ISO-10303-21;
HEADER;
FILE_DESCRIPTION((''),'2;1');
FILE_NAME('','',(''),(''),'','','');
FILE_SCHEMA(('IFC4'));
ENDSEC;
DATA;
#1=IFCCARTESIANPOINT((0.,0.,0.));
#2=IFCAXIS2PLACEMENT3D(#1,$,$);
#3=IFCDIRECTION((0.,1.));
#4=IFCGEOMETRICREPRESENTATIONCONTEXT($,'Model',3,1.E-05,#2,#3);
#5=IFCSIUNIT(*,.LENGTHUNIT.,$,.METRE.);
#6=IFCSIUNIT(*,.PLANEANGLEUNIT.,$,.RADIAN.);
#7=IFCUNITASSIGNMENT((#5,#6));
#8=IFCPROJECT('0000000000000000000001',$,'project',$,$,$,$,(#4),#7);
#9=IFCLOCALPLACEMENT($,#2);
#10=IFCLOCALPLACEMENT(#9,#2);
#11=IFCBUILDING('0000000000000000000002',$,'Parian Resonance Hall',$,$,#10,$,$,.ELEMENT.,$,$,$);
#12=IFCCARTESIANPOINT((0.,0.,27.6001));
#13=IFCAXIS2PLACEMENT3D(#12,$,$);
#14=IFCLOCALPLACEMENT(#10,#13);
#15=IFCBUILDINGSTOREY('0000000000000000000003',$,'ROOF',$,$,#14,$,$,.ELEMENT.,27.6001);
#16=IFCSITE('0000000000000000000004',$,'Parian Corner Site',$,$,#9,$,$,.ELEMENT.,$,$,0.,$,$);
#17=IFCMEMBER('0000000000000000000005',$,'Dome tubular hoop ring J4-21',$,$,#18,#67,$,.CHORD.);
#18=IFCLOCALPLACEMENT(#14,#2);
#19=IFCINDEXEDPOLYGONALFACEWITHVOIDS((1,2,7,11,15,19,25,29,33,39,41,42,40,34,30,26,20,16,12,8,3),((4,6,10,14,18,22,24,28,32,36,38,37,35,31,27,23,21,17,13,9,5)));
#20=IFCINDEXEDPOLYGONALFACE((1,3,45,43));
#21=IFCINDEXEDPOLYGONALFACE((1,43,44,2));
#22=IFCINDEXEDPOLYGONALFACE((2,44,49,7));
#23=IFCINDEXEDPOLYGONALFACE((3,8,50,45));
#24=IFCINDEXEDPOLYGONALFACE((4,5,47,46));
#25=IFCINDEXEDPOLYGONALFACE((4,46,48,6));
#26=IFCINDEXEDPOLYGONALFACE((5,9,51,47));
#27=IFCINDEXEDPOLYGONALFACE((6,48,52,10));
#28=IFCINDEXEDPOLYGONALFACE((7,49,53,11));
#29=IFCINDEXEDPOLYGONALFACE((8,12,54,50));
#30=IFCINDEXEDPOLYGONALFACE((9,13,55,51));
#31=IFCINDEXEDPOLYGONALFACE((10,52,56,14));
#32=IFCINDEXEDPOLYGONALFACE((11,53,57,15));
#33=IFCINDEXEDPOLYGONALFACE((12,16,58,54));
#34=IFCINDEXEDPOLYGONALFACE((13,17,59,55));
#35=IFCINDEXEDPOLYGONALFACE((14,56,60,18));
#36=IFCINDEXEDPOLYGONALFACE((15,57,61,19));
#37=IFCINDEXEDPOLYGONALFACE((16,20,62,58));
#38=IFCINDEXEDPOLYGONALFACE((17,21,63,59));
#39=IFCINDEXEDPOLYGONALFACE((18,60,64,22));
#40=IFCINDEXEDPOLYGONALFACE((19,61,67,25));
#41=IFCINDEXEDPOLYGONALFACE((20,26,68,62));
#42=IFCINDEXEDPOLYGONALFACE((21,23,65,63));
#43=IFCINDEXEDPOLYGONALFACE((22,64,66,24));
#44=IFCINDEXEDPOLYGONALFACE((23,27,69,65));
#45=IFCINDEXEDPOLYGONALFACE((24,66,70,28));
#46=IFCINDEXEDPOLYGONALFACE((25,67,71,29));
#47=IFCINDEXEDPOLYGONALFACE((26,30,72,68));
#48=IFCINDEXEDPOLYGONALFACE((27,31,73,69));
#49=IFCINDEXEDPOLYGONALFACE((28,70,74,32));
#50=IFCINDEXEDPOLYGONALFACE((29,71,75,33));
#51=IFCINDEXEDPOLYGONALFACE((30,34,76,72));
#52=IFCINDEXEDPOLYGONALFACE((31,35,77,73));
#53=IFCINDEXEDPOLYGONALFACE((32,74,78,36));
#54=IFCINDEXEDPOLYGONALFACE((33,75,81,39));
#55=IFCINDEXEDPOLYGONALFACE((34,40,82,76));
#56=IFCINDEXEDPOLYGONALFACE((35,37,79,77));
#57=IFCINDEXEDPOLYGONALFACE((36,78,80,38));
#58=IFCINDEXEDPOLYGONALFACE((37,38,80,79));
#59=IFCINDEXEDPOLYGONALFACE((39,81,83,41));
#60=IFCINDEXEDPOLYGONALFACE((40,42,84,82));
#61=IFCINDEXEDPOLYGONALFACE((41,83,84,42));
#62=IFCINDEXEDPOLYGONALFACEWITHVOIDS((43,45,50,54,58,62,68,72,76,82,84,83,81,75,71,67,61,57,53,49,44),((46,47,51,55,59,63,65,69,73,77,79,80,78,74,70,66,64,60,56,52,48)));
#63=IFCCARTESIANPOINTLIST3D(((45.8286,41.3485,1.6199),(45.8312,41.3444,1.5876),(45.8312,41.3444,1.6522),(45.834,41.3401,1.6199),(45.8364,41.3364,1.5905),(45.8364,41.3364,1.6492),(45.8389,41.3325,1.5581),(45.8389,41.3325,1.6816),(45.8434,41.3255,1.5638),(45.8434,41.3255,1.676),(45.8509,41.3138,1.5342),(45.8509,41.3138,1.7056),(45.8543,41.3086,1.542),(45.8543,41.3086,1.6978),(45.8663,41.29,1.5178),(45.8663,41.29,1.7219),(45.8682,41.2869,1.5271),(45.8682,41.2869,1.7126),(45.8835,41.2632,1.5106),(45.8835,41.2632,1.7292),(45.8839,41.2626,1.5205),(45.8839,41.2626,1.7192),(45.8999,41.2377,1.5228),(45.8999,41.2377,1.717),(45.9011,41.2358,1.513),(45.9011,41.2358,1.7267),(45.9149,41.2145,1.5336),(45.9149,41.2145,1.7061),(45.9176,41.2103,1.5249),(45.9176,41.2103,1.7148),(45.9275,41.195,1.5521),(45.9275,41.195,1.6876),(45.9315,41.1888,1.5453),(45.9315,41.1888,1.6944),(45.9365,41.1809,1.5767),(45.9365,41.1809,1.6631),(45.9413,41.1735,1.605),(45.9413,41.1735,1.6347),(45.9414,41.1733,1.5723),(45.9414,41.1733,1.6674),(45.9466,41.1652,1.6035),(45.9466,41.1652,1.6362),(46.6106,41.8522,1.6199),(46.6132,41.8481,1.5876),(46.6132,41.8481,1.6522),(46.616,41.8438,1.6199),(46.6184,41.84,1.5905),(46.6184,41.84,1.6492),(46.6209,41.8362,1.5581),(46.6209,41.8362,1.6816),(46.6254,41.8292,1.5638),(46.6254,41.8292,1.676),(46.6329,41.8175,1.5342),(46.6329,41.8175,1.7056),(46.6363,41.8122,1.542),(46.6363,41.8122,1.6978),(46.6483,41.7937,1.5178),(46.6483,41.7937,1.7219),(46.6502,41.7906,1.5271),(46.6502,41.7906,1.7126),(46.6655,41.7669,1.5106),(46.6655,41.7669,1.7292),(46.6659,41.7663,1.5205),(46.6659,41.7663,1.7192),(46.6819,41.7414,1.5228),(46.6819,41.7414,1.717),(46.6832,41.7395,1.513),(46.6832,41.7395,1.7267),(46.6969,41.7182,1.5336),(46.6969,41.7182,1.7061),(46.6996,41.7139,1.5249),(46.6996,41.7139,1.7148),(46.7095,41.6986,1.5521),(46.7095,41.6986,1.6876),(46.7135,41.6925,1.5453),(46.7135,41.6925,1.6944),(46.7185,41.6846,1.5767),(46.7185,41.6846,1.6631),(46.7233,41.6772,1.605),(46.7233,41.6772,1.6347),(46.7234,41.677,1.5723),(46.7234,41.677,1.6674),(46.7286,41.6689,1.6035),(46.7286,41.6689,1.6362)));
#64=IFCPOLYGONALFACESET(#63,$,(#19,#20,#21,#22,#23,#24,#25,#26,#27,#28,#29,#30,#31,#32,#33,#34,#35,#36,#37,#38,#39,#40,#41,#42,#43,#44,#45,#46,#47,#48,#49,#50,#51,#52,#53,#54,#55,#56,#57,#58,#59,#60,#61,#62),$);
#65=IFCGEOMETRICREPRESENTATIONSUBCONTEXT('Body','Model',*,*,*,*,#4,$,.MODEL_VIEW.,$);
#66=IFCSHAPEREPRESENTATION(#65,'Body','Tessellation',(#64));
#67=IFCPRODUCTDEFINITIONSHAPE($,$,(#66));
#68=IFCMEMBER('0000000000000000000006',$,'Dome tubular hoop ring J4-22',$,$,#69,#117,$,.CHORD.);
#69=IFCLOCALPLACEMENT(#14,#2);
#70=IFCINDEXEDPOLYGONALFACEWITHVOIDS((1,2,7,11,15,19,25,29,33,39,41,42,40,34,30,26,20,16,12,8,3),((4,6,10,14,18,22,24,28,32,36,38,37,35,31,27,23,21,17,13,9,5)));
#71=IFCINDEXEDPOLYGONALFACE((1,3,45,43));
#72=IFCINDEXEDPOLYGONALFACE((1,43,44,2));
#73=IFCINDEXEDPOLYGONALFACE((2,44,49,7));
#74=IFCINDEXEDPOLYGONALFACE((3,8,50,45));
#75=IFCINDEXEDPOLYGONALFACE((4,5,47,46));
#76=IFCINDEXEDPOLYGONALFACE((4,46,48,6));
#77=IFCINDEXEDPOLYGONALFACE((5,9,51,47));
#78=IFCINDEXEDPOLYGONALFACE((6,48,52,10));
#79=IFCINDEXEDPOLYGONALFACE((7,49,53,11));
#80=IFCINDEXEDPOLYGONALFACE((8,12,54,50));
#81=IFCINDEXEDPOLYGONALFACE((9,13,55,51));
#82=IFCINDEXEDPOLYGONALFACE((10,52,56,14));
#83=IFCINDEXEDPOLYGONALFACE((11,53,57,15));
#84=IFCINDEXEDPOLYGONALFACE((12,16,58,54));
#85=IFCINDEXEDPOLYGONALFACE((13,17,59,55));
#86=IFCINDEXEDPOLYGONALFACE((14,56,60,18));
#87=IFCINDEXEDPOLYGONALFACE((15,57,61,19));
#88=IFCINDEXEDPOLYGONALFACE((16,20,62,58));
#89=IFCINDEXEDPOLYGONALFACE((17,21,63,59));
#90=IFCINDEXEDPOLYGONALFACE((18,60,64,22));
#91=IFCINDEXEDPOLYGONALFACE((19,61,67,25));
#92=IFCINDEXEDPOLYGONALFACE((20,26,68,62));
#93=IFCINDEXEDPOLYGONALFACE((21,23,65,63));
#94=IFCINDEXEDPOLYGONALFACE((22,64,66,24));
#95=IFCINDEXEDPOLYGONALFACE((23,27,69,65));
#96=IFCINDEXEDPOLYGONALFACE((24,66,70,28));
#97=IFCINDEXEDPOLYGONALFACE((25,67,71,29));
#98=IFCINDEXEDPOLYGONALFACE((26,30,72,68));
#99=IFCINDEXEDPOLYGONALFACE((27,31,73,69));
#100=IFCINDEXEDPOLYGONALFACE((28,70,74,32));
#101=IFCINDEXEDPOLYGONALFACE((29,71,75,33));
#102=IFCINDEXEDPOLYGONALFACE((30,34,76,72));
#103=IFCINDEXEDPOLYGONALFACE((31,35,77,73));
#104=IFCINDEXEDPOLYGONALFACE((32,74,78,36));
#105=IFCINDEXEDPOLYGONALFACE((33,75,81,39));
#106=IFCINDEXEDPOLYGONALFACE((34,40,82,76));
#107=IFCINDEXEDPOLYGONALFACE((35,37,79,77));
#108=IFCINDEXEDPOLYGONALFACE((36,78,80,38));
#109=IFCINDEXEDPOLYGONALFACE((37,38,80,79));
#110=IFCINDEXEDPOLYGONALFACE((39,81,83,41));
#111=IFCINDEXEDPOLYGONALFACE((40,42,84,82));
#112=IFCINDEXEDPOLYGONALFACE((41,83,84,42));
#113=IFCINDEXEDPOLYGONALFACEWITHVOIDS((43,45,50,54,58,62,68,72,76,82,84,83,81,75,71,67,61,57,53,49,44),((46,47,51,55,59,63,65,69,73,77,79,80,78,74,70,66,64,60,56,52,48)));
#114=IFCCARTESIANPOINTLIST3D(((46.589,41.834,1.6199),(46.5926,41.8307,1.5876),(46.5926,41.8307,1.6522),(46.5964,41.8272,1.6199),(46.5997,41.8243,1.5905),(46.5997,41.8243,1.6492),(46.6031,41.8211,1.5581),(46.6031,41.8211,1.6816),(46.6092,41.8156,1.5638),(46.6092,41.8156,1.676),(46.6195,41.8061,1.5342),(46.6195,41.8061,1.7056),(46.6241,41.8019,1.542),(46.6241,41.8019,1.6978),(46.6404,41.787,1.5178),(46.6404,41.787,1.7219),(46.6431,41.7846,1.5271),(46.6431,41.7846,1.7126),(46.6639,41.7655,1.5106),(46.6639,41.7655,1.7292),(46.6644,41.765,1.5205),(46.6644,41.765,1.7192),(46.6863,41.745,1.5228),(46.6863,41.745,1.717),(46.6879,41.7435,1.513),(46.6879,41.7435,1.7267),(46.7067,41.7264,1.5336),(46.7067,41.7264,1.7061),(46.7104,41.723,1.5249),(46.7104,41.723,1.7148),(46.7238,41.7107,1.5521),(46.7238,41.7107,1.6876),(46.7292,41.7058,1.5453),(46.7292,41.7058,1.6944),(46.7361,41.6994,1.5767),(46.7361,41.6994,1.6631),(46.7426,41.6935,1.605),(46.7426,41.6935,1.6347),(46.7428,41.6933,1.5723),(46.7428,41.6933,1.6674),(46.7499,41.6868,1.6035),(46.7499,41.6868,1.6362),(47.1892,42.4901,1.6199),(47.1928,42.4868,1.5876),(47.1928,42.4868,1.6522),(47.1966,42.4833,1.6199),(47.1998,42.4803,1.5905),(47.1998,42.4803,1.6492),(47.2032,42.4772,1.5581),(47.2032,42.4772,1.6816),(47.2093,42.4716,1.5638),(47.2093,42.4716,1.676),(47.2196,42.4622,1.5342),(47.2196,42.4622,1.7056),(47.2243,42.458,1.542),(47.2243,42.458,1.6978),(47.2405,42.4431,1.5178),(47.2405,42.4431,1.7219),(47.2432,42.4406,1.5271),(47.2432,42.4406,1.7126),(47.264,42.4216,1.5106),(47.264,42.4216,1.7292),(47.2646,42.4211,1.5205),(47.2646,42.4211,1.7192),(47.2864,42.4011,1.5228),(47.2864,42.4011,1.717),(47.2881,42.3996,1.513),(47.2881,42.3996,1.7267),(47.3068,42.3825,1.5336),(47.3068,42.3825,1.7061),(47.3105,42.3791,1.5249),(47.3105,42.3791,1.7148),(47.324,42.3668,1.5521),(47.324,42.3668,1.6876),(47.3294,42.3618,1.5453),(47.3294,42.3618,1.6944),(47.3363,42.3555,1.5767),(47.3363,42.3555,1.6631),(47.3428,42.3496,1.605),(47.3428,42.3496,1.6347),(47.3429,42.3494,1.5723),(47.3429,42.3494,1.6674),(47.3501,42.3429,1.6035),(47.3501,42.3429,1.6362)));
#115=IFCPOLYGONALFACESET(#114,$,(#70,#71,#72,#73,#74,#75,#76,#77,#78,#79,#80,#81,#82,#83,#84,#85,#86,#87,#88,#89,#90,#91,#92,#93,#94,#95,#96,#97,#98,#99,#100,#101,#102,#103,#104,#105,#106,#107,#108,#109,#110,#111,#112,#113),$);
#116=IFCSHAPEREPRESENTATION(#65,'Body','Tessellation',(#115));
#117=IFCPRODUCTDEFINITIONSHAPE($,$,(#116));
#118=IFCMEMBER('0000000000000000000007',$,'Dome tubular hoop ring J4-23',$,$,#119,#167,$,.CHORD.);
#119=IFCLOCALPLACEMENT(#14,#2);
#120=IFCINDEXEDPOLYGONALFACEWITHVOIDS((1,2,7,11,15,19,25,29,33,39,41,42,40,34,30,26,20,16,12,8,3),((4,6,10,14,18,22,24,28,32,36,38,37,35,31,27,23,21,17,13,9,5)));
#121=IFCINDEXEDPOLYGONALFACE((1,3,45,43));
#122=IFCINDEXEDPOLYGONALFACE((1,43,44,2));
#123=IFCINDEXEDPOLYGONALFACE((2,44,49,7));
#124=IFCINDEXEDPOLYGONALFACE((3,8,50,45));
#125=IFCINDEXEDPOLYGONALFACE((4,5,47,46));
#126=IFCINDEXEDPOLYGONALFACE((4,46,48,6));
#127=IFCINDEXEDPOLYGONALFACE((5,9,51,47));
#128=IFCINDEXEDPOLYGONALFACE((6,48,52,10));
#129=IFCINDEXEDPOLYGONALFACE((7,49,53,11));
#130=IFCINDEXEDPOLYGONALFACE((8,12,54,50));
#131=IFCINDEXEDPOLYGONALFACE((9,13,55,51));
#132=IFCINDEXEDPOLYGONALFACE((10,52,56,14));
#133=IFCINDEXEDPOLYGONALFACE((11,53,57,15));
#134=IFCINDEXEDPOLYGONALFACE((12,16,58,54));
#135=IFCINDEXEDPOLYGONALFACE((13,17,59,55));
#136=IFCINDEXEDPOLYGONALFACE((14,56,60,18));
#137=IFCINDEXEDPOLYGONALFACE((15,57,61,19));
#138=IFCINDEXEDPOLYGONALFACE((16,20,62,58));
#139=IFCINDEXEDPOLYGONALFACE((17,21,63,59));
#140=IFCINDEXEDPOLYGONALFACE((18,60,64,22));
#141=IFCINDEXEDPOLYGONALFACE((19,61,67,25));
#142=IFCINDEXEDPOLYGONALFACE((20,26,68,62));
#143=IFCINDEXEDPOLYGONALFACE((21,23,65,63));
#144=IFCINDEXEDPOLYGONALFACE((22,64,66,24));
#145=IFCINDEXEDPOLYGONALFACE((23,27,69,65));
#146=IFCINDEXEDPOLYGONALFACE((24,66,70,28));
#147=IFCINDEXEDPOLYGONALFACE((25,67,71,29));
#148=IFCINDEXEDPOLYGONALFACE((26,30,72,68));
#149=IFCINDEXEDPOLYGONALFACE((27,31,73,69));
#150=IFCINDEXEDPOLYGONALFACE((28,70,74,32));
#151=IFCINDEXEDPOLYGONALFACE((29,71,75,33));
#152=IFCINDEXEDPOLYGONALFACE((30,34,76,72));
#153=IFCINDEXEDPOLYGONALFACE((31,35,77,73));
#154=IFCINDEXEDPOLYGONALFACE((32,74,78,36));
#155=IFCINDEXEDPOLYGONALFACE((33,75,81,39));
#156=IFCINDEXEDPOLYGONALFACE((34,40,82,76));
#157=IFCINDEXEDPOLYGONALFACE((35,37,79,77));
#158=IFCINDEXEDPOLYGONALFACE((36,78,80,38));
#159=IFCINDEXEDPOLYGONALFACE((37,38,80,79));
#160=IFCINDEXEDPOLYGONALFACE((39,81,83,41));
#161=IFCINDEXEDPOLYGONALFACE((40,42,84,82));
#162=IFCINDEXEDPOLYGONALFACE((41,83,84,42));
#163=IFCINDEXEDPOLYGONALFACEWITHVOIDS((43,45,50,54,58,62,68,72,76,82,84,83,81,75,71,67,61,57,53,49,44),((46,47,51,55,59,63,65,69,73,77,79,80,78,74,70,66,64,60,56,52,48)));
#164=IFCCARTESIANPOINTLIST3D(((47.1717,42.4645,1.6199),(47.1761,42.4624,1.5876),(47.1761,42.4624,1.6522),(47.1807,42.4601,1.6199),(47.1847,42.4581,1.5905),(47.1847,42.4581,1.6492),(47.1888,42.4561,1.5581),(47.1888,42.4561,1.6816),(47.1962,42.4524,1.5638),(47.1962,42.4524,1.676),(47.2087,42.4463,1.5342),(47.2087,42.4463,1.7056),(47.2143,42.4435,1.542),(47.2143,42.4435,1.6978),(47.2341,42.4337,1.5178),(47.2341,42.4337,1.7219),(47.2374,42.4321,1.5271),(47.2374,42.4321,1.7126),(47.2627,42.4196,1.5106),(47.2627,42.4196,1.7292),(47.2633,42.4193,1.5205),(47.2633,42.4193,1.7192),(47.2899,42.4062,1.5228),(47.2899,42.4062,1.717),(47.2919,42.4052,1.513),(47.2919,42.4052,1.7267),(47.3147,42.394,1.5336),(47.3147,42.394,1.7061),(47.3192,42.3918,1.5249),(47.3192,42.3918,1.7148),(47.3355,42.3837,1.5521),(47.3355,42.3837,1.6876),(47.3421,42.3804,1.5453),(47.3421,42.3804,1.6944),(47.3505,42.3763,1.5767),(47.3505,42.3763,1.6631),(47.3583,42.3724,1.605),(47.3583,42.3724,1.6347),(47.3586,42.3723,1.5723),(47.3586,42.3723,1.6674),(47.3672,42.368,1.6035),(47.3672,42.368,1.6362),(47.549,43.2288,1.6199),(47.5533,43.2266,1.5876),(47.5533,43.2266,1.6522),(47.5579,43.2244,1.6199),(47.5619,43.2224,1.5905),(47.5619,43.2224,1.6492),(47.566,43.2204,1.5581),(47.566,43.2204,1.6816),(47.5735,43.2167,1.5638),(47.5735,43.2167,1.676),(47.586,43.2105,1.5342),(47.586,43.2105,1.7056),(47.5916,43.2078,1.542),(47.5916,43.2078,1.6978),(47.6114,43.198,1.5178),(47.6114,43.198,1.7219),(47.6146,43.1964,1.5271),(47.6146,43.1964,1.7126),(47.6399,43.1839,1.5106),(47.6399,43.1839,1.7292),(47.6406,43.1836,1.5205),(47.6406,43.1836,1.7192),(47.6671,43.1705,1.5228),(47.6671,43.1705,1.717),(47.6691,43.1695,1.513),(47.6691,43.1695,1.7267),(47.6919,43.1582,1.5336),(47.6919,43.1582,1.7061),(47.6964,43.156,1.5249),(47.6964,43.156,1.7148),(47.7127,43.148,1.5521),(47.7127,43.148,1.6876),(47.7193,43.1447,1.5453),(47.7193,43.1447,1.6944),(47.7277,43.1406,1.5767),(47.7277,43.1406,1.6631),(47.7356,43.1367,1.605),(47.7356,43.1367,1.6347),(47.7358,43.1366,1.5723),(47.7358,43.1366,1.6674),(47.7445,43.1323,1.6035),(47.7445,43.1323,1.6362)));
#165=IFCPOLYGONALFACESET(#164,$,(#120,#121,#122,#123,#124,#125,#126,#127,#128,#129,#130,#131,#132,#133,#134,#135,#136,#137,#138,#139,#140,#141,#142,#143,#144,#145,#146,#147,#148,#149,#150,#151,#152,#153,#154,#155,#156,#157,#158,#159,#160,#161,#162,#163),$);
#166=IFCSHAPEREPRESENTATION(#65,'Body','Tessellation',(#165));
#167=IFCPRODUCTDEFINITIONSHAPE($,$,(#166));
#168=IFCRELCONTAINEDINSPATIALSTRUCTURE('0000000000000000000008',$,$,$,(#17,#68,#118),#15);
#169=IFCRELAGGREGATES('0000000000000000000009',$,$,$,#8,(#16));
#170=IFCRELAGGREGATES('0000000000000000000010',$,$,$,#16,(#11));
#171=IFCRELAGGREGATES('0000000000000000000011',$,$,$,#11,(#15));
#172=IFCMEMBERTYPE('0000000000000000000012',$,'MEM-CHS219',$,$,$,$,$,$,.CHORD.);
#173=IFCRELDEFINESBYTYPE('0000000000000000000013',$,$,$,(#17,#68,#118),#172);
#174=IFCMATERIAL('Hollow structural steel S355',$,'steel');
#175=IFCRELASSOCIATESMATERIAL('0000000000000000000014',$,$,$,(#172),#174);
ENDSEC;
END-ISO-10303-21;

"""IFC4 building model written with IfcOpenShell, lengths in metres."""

from ifc_helpers import new_model, si_unit, direction, frame, origin, origin_2d, place, context, subcontext, project, spatial, hollow_circle, extrude, material, material_profile, profile_set, type_object, element, save


model = new_model("IFC4")

# Units and contexts
model_context = context("Model", 3, precision=1e-05, world=origin(), true_north=direction((0.0, 1.0)))
body_context = subcontext(model_context, "Body", "Model", "MODEL_VIEW")
ifc_project = project(units=[si_unit("LENGTHUNIT", "METRE"), si_unit("PLANEANGLEUNIT", "RADIAN")], contexts=[model_context])

# Site, building, storey
site_placement = place(None, origin())
site = spatial("IfcSite", under=ifc_project, at=site_placement, Name="Parian Corner Site", CompositionType="ELEMENT", RefElevation=0.0)
building_placement = place(site_placement, origin())
building = spatial("IfcBuilding", under=site, at=building_placement, Name="Parian Resonance Hall", CompositionType="ELEMENT")
storey_placement = place(building_placement, frame((0.0, 0.0, 27.6001)))
storey = spatial("IfcBuildingStorey", under=building, at=storey_placement, Name="ROOF", CompositionType="ELEMENT", Elevation=27.6001)

# Members
ifc_material_1 = material(Name="Hollow structural steel S355", Category="steel")
ifc_material_profile_1 = material_profile(ifc_material_1, hollow_circle(Radius=0.1096, WallThickness=0.01, at=origin_2d()), Name="CHS219.1x10")
ifc_profile_set_1 = profile_set([ifc_material_profile_1], Name="Hollow structural steel S355")
member_type_1 = type_object("IfcMemberType", Name="MEM-CHS219", PredefinedType="CHORD", material=ifc_profile_set_1)
member_1_placement = place(storey_placement, frame((45.8879, 41.2563, 1.6199), z_axis=(0.840709, 0.541487, 0.0), x_axis=(-0.541487, 0.840709, 0.0)))
element("IfcMember", 1, at=member_1_placement, inside=storey, type_object=member_type_1, Name="Dome tubular hoop ring J4-21", PredefinedType="CHORD", context=body_context, shape_type="SweptSolid", body=[
    extrude(hollow_circle(Radius=0.1096, WallThickness=0.01, at=origin_2d()), origin(), (0.0, 0.0, 1.0), 0.9302),
])
member_2_placement = place(storey_placement, frame((46.6699, 41.76, 1.6199), z_axis=(0.674966, 0.737849, 0.0), x_axis=(-0.737849, 0.674966, 0.0)))
element("IfcMember", 2, at=member_2_placement, inside=storey, type_object=member_type_1, Name="Dome tubular hoop ring J4-22", PredefinedType="CHORD", context=body_context, shape_type="SweptSolid", body=[
    extrude(hollow_circle(Radius=0.1096, WallThickness=0.01, at=origin_2d()), origin(), (0.0, 0.0, 1.0), 0.8892),
])
member_3_placement = place(storey_placement, frame((47.27, 42.416, 1.6199), z_axis=(0.442624, 0.896707, 0.0), x_axis=(-0.896707, 0.442624, 0.0)))
element("IfcMember", 3, at=member_3_placement, inside=storey, type_object=member_type_1, Name="Dome tubular hoop ring J4-23", PredefinedType="CHORD", context=body_context, shape_type="SweptSolid", body=[
    extrude(hollow_circle(Radius=0.1096, WallThickness=0.01, at=origin_2d()), origin(), (0.0, 0.0, 1.0), 0.8523),
])

save(model, "model.ifc")
